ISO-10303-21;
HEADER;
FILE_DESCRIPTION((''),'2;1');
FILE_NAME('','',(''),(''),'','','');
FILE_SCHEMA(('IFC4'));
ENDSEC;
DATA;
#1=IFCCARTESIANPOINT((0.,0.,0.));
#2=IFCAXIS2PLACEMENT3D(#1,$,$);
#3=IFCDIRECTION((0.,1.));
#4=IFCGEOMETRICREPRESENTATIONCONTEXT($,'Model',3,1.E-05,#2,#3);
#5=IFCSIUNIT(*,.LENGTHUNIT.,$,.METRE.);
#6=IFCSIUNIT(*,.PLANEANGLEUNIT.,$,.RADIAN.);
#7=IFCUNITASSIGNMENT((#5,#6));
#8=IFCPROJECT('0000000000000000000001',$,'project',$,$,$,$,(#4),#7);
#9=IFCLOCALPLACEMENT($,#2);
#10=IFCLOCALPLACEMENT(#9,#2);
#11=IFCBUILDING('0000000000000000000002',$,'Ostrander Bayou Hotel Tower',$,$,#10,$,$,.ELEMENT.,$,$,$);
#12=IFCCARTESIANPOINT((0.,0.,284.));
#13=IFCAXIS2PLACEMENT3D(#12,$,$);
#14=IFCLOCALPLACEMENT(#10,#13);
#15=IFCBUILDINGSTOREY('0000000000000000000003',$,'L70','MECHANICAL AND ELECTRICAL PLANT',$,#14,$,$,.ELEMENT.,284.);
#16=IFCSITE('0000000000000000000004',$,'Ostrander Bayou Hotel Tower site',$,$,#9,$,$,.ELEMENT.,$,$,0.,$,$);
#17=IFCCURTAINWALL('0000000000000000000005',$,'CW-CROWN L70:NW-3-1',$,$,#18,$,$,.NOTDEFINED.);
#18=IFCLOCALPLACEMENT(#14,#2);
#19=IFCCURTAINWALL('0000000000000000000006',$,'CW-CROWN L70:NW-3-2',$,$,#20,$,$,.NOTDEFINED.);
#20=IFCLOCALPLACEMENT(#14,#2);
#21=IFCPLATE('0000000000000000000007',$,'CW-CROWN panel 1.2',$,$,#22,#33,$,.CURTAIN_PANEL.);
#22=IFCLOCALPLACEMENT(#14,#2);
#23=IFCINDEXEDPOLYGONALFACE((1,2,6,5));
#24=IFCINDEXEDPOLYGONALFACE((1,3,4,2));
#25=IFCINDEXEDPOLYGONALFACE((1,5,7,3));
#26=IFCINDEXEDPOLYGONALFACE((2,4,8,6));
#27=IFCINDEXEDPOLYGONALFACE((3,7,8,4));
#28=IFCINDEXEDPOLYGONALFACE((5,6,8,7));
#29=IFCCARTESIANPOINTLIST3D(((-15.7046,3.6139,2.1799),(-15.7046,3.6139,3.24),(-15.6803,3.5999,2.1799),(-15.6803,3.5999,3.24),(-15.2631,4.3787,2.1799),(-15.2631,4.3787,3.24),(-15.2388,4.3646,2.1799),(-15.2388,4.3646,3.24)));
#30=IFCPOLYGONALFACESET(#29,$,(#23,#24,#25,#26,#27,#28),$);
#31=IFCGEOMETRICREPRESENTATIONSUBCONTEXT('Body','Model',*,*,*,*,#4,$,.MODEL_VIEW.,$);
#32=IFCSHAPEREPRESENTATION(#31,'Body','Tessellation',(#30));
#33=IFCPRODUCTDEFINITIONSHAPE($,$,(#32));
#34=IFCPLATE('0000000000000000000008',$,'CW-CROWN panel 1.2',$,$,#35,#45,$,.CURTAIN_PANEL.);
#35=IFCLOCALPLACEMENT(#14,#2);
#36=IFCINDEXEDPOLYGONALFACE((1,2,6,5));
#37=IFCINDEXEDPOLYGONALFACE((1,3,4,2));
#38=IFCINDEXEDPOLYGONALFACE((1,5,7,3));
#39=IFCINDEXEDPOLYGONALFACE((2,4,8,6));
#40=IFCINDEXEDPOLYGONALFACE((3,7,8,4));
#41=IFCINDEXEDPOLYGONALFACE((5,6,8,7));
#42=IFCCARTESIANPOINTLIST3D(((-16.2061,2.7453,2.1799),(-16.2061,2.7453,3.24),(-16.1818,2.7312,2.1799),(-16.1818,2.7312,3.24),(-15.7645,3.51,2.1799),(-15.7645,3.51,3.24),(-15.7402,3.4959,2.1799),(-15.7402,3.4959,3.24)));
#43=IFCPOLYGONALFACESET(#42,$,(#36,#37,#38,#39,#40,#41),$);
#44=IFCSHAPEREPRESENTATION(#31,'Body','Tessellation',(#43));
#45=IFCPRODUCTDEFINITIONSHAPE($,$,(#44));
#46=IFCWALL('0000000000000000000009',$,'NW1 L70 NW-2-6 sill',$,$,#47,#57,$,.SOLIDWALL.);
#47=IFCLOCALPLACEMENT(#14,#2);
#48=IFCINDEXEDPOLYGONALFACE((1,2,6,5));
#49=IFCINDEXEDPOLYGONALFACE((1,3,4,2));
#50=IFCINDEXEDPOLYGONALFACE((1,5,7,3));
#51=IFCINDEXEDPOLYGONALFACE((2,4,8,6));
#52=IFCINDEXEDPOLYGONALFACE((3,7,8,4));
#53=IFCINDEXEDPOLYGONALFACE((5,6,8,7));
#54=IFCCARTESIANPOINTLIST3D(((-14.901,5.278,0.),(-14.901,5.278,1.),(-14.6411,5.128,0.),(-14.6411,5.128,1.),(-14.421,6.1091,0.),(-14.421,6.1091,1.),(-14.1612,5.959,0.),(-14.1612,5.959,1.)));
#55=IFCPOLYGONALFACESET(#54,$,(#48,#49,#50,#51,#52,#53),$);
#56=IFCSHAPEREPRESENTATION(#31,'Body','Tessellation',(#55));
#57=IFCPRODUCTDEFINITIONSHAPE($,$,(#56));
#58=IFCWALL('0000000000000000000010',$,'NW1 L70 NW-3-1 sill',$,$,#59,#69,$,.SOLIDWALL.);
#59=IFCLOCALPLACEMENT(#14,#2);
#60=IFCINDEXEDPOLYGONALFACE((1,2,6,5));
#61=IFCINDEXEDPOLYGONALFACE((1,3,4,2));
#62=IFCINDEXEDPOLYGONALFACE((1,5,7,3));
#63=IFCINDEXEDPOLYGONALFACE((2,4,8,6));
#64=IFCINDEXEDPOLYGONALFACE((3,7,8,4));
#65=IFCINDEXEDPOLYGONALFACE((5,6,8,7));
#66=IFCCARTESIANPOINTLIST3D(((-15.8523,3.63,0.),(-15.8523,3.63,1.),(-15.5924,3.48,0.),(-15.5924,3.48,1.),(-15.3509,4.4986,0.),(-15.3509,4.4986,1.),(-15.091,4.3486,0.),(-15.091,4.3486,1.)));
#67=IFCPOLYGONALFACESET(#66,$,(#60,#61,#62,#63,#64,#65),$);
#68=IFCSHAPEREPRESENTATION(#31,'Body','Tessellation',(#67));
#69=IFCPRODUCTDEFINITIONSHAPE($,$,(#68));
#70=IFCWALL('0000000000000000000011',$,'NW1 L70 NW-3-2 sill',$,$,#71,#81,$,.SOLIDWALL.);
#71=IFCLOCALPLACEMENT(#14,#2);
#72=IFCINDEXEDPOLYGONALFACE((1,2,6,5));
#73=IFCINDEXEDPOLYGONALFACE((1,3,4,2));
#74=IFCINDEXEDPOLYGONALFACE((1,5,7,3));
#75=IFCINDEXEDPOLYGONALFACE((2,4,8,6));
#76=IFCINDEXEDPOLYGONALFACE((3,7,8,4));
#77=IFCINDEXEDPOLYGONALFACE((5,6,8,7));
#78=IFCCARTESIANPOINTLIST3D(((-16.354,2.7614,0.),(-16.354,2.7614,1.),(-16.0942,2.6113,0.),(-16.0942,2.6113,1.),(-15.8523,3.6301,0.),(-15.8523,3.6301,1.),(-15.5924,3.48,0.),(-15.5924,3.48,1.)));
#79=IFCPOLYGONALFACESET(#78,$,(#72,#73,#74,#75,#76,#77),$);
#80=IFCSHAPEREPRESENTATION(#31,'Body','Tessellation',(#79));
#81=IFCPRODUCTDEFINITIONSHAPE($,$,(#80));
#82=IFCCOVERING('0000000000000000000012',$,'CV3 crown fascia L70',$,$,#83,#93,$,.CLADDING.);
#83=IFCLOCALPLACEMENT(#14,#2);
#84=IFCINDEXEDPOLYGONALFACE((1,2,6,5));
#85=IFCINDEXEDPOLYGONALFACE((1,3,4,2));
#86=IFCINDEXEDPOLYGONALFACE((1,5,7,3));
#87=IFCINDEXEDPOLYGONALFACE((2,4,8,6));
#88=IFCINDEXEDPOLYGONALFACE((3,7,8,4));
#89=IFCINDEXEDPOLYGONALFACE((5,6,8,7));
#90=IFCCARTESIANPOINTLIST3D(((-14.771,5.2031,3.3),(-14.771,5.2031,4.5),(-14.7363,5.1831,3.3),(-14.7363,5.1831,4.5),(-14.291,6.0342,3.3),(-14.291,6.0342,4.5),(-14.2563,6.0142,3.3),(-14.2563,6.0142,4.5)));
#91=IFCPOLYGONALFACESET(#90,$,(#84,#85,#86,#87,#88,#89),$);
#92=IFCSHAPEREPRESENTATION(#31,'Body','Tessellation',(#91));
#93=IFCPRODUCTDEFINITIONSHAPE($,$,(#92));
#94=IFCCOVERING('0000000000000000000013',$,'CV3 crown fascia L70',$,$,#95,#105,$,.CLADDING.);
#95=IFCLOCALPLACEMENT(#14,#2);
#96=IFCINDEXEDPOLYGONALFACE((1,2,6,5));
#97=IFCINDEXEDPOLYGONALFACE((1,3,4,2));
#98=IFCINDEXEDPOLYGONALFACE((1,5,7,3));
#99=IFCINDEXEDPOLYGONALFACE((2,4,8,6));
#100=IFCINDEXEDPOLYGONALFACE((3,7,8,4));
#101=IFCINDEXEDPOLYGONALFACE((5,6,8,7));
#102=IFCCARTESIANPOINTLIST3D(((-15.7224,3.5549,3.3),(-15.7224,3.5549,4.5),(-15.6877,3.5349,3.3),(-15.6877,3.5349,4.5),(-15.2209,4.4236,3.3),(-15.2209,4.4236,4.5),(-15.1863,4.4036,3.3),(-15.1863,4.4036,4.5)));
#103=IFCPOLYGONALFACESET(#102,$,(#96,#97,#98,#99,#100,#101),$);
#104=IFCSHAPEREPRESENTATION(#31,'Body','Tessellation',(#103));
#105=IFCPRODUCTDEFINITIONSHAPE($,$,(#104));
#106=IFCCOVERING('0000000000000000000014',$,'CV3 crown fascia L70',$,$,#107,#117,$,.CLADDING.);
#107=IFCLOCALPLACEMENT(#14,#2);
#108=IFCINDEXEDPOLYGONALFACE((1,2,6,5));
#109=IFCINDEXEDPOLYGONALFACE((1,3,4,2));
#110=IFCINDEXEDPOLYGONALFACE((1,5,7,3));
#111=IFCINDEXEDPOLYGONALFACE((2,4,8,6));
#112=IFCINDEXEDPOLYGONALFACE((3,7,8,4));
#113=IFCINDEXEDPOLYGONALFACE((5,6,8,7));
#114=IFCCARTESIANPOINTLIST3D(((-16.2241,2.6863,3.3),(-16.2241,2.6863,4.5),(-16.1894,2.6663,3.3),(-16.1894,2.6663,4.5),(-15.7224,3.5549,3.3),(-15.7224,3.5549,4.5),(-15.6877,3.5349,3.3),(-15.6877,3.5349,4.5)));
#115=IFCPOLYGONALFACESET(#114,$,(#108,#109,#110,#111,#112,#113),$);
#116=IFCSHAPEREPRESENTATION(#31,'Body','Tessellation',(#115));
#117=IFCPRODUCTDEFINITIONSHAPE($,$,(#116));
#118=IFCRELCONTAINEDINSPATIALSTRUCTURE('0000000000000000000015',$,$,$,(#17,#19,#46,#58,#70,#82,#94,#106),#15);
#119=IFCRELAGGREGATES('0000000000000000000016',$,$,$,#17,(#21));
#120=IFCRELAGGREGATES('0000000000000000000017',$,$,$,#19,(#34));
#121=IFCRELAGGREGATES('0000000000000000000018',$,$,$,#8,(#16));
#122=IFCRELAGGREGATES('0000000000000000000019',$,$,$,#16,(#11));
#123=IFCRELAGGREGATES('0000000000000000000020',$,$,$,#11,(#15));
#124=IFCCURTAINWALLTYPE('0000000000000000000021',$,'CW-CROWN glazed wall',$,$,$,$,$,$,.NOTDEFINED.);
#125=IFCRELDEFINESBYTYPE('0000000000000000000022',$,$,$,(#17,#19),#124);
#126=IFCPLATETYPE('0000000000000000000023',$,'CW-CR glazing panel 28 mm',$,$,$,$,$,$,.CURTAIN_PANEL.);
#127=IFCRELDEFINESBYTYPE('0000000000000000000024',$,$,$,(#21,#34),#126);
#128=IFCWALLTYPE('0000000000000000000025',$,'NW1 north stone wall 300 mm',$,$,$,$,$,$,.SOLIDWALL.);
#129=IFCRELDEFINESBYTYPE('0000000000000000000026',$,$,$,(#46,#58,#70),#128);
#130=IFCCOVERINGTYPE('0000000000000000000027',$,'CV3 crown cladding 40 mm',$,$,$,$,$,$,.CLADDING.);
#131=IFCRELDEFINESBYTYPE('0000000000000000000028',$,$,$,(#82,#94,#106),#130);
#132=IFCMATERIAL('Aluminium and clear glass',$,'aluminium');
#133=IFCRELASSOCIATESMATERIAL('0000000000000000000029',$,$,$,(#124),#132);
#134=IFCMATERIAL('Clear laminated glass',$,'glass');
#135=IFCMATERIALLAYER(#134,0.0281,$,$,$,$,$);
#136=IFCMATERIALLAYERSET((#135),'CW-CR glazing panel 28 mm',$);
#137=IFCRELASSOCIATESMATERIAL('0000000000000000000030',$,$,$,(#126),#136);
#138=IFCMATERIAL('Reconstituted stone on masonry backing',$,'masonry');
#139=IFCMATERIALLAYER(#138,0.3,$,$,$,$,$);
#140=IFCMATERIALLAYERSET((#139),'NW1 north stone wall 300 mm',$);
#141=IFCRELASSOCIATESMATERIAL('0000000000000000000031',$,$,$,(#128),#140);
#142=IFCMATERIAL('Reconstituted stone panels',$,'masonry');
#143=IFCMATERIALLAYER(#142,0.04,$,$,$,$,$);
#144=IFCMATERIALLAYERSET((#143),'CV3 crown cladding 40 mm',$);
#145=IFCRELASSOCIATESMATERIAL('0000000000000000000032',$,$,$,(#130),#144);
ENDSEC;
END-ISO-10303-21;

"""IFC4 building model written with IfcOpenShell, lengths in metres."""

from ifc_helpers import new_model, si_unit, direction, frame, frame_2d, origin, origin_2d, place, context, subcontext, project, spatial, polyline, rectangle, outline, extrude, material, layer, layer_set, type_object, element, aggregate, save


model = new_model("IFC4")

# Units and contexts
model_context = context("Model", 3, precision=1e-05, world=origin(), true_north=direction((0.0, 1.0)))
body_context = subcontext(model_context, "Body", "Model", "MODEL_VIEW")
ifc_project = project(units=[si_unit("LENGTHUNIT", "METRE"), si_unit("PLANEANGLEUNIT", "RADIAN")], contexts=[model_context])

# Site, building, storey
site_placement = place(None, origin())
site = spatial("IfcSite", under=ifc_project, at=site_placement, Name="Ostrander Bayou Hotel Tower site", CompositionType="ELEMENT", RefElevation=0.0)
building_placement = place(site_placement, origin())
building = spatial("IfcBuilding", under=site, at=building_placement, Name="Ostrander Bayou Hotel Tower", CompositionType="ELEMENT")
storey_placement = place(building_placement, frame((0.0, 0.0, 284.0)))
storey = spatial("IfcBuildingStorey", under=building, at=storey_placement, Name="L70", Description="MECHANICAL AND ELECTRICAL PLANT", CompositionType="ELEMENT", Elevation=284.0)

# Shared definitions
ifc_material_1 = material(Name="Aluminium and clear glass", Category="aluminium")
curtain_wall_type = type_object("IfcCurtainWallType", Name="CW-CROWN glazed wall", PredefinedType="NOTDEFINED", material=ifc_material_1)

# Curtain wall
curtain_wall_1_placement = place(storey_placement, origin())
curtain_wall_1 = element("IfcCurtainWall", 1, at=curtain_wall_1_placement, inside=storey, type_object=curtain_wall_type, Name="CW-CROWN L70:NW-3-1", PredefinedType="NOTDEFINED")

# Curtain wall
curtain_wall_2_placement = place(storey_placement, origin())
curtain_wall_2 = element("IfcCurtainWall", 2, at=curtain_wall_2_placement, inside=storey, type_object=curtain_wall_type, Name="CW-CROWN L70:NW-3-2", PredefinedType="NOTDEFINED")

# Plates
ifc_material_2 = material(Name="Clear laminated glass", Category="glass")
ifc_layer_1 = layer(ifc_material_2, 0.0281)
ifc_layer_set_1 = layer_set([ifc_layer_1], Name="CW-CR glazing panel 28 mm")
plate_type = type_object("IfcPlateType", Name="CW-CR glazing panel 28 mm", PredefinedType="CURTAIN_PANEL", material=ifc_layer_set_1)
plate_1_placement = place(storey_placement, frame((-15.4717, 3.9893, 2.1799), z_axis=(0.0, 0.0, 1.0), x_axis=(-0.499967, -0.866044, 0.0)))
plate_1 = element("IfcPlate", 3, at=plate_1_placement, type_object=plate_type, Name="CW-CROWN panel 1.2", PredefinedType="CURTAIN_PANEL", context=body_context, shape_type="SweptSolid", body=[
    extrude(rectangle(XDim=0.8831, YDim=0.0281, at=origin_2d()), origin(), (0.0, 0.0, 1.0), 1.0601),
])
aggregate(curtain_wall_1, [plate_1])
plate_2_placement = place(storey_placement, frame((-15.9731, 3.1206, 2.1799), z_axis=(0.0, 0.0, 1.0), x_axis=(-0.500042, -0.866001, 0.0)))
plate_2 = element("IfcPlate", 4, at=plate_2_placement, type_object=plate_type, Name="CW-CROWN panel 1.2", PredefinedType="CURTAIN_PANEL", context=body_context, shape_type="SweptSolid", body=[
    extrude(rectangle(XDim=0.8831, YDim=0.0281, at=origin_2d()), origin(), (0.0, 0.0, 1.0), 1.0601),
])
aggregate(curtain_wall_2, [plate_2])

# Walls
ifc_material_3 = material(Name="Reconstituted stone on masonry backing", Category="masonry")
ifc_layer_2 = layer(ifc_material_3, 0.3)
ifc_layer_set_2 = layer_set([ifc_layer_2], Name="NW1 north stone wall 300 mm")
wall_type = type_object("IfcWallType", Name="NW1 north stone wall 300 mm", PredefinedType="SOLIDWALL", material=ifc_layer_set_2)
wall_1_placement = place(storey_placement, frame((-14.291, 6.0342, 0.0), z_axis=(0.0, 0.0, 1.0), x_axis=(-0.500133, -0.865948, 0.0)))
element("IfcWall", 5, at=wall_1_placement, inside=storey, type_object=wall_type, Name="NW1 L70 NW-2-6 sill", PredefinedType="SOLIDWALL", context=body_context, shape_type="SweptSolid", body=[
    extrude(rectangle(XDim=0.9597, YDim=0.3, at=frame_2d((0.48, 0.0))), origin(), (0.0, 0.0, 1.0), 1.0),
])
wall_2_placement = place(storey_placement, frame((-15.2209, 4.4236, 0.0), z_axis=(0.0, 0.0, 1.0), x_axis=(-0.499961, -0.866048, 0.0)))
element("IfcWall", 6, at=wall_2_placement, inside=storey, type_object=wall_type, Name="NW1 L70 NW-3-1 sill", PredefinedType="SOLIDWALL", context=body_context, shape_type="SweptSolid", body=[
    extrude(rectangle(XDim=1.0029, YDim=0.3, at=frame_2d((0.5015, 0.0))), origin(), (0.0, 0.0, 1.0), 1.0),
])
wall_3_placement = place(storey_placement, frame((-15.7224, 3.5549, 0.0), z_axis=(0.0, 0.0, 1.0), x_axis=(-0.500144, -0.865942, 0.0)))
element("IfcWall", 7, at=wall_3_placement, inside=storey, type_object=wall_type, Name="NW1 L70 NW-3-2 sill", PredefinedType="SOLIDWALL", context=body_context, shape_type="SweptSolid", body=[
    extrude(rectangle(XDim=1.0032, YDim=0.3, at=frame_2d((0.5015, 0.0))), origin(), (0.0, 0.0, 1.0), 1.0),
])

# Coverings
ifc_material_4 = material(Name="Reconstituted stone panels", Category="masonry")
ifc_layer_3 = layer(ifc_material_4, 0.04)
ifc_layer_set_3 = layer_set([ifc_layer_3], Name="CV3 crown cladding 40 mm")
covering_type = type_object("IfcCoveringType", Name="CV3 crown cladding 40 mm", PredefinedType="CLADDING", material=ifc_layer_set_3)
covering_1_placement = place(storey_placement, frame((-14.291, 6.0342, 3.3), z_axis=(-0.865948, 0.500133, 0.0), x_axis=(-0.500133, -0.865948, 0.0)))
element("IfcCovering", 8, at=covering_1_placement, inside=storey, type_object=covering_type, Name="CV3 crown fascia L70", PredefinedType="CLADDING", context=body_context, shape_type="SweptSolid", body=[
    extrude(outline(polyline([(0.0, 0.0), (0.9597, 0.0), (0.9597, 1.2), (0.0, 1.2), (0.0, 0.0)])), origin(), (0.0, 0.0, -1.0), 0.04),
])
covering_2_placement = place(storey_placement, frame((-15.2209, 4.4236, 3.3), z_axis=(-0.866048, 0.499961, 0.0), x_axis=(-0.499961, -0.866048, 0.0)))
element("IfcCovering", 9, at=covering_2_placement, inside=storey, type_object=covering_type, Name="CV3 crown fascia L70", PredefinedType="CLADDING", context=body_context, shape_type="SweptSolid", body=[
    extrude(outline(polyline([(0.0, 0.0), (1.003, 0.0), (1.003, 1.2), (0.0, 1.2), (0.0, 0.0)])), origin(), (0.0, 0.0, -1.0), 0.04),
])
covering_3_placement = place(storey_placement, frame((-15.7224, 3.5549, 3.3), z_axis=(-0.865942, 0.500144, 0.0), x_axis=(-0.500144, -0.865942, 0.0)))
element("IfcCovering", 10, at=covering_3_placement, inside=storey, type_object=covering_type, Name="CV3 crown fascia L70", PredefinedType="CLADDING", context=body_context, shape_type="SweptSolid", body=[
    extrude(outline(polyline([(0.0, 0.0), (1.0031, 0.0), (1.0031, 1.2), (0.0, 1.2), (0.0, 0.0)])), origin(), (0.0, 0.0, -1.0), 0.04),
])

save(model, "model.ifc")
